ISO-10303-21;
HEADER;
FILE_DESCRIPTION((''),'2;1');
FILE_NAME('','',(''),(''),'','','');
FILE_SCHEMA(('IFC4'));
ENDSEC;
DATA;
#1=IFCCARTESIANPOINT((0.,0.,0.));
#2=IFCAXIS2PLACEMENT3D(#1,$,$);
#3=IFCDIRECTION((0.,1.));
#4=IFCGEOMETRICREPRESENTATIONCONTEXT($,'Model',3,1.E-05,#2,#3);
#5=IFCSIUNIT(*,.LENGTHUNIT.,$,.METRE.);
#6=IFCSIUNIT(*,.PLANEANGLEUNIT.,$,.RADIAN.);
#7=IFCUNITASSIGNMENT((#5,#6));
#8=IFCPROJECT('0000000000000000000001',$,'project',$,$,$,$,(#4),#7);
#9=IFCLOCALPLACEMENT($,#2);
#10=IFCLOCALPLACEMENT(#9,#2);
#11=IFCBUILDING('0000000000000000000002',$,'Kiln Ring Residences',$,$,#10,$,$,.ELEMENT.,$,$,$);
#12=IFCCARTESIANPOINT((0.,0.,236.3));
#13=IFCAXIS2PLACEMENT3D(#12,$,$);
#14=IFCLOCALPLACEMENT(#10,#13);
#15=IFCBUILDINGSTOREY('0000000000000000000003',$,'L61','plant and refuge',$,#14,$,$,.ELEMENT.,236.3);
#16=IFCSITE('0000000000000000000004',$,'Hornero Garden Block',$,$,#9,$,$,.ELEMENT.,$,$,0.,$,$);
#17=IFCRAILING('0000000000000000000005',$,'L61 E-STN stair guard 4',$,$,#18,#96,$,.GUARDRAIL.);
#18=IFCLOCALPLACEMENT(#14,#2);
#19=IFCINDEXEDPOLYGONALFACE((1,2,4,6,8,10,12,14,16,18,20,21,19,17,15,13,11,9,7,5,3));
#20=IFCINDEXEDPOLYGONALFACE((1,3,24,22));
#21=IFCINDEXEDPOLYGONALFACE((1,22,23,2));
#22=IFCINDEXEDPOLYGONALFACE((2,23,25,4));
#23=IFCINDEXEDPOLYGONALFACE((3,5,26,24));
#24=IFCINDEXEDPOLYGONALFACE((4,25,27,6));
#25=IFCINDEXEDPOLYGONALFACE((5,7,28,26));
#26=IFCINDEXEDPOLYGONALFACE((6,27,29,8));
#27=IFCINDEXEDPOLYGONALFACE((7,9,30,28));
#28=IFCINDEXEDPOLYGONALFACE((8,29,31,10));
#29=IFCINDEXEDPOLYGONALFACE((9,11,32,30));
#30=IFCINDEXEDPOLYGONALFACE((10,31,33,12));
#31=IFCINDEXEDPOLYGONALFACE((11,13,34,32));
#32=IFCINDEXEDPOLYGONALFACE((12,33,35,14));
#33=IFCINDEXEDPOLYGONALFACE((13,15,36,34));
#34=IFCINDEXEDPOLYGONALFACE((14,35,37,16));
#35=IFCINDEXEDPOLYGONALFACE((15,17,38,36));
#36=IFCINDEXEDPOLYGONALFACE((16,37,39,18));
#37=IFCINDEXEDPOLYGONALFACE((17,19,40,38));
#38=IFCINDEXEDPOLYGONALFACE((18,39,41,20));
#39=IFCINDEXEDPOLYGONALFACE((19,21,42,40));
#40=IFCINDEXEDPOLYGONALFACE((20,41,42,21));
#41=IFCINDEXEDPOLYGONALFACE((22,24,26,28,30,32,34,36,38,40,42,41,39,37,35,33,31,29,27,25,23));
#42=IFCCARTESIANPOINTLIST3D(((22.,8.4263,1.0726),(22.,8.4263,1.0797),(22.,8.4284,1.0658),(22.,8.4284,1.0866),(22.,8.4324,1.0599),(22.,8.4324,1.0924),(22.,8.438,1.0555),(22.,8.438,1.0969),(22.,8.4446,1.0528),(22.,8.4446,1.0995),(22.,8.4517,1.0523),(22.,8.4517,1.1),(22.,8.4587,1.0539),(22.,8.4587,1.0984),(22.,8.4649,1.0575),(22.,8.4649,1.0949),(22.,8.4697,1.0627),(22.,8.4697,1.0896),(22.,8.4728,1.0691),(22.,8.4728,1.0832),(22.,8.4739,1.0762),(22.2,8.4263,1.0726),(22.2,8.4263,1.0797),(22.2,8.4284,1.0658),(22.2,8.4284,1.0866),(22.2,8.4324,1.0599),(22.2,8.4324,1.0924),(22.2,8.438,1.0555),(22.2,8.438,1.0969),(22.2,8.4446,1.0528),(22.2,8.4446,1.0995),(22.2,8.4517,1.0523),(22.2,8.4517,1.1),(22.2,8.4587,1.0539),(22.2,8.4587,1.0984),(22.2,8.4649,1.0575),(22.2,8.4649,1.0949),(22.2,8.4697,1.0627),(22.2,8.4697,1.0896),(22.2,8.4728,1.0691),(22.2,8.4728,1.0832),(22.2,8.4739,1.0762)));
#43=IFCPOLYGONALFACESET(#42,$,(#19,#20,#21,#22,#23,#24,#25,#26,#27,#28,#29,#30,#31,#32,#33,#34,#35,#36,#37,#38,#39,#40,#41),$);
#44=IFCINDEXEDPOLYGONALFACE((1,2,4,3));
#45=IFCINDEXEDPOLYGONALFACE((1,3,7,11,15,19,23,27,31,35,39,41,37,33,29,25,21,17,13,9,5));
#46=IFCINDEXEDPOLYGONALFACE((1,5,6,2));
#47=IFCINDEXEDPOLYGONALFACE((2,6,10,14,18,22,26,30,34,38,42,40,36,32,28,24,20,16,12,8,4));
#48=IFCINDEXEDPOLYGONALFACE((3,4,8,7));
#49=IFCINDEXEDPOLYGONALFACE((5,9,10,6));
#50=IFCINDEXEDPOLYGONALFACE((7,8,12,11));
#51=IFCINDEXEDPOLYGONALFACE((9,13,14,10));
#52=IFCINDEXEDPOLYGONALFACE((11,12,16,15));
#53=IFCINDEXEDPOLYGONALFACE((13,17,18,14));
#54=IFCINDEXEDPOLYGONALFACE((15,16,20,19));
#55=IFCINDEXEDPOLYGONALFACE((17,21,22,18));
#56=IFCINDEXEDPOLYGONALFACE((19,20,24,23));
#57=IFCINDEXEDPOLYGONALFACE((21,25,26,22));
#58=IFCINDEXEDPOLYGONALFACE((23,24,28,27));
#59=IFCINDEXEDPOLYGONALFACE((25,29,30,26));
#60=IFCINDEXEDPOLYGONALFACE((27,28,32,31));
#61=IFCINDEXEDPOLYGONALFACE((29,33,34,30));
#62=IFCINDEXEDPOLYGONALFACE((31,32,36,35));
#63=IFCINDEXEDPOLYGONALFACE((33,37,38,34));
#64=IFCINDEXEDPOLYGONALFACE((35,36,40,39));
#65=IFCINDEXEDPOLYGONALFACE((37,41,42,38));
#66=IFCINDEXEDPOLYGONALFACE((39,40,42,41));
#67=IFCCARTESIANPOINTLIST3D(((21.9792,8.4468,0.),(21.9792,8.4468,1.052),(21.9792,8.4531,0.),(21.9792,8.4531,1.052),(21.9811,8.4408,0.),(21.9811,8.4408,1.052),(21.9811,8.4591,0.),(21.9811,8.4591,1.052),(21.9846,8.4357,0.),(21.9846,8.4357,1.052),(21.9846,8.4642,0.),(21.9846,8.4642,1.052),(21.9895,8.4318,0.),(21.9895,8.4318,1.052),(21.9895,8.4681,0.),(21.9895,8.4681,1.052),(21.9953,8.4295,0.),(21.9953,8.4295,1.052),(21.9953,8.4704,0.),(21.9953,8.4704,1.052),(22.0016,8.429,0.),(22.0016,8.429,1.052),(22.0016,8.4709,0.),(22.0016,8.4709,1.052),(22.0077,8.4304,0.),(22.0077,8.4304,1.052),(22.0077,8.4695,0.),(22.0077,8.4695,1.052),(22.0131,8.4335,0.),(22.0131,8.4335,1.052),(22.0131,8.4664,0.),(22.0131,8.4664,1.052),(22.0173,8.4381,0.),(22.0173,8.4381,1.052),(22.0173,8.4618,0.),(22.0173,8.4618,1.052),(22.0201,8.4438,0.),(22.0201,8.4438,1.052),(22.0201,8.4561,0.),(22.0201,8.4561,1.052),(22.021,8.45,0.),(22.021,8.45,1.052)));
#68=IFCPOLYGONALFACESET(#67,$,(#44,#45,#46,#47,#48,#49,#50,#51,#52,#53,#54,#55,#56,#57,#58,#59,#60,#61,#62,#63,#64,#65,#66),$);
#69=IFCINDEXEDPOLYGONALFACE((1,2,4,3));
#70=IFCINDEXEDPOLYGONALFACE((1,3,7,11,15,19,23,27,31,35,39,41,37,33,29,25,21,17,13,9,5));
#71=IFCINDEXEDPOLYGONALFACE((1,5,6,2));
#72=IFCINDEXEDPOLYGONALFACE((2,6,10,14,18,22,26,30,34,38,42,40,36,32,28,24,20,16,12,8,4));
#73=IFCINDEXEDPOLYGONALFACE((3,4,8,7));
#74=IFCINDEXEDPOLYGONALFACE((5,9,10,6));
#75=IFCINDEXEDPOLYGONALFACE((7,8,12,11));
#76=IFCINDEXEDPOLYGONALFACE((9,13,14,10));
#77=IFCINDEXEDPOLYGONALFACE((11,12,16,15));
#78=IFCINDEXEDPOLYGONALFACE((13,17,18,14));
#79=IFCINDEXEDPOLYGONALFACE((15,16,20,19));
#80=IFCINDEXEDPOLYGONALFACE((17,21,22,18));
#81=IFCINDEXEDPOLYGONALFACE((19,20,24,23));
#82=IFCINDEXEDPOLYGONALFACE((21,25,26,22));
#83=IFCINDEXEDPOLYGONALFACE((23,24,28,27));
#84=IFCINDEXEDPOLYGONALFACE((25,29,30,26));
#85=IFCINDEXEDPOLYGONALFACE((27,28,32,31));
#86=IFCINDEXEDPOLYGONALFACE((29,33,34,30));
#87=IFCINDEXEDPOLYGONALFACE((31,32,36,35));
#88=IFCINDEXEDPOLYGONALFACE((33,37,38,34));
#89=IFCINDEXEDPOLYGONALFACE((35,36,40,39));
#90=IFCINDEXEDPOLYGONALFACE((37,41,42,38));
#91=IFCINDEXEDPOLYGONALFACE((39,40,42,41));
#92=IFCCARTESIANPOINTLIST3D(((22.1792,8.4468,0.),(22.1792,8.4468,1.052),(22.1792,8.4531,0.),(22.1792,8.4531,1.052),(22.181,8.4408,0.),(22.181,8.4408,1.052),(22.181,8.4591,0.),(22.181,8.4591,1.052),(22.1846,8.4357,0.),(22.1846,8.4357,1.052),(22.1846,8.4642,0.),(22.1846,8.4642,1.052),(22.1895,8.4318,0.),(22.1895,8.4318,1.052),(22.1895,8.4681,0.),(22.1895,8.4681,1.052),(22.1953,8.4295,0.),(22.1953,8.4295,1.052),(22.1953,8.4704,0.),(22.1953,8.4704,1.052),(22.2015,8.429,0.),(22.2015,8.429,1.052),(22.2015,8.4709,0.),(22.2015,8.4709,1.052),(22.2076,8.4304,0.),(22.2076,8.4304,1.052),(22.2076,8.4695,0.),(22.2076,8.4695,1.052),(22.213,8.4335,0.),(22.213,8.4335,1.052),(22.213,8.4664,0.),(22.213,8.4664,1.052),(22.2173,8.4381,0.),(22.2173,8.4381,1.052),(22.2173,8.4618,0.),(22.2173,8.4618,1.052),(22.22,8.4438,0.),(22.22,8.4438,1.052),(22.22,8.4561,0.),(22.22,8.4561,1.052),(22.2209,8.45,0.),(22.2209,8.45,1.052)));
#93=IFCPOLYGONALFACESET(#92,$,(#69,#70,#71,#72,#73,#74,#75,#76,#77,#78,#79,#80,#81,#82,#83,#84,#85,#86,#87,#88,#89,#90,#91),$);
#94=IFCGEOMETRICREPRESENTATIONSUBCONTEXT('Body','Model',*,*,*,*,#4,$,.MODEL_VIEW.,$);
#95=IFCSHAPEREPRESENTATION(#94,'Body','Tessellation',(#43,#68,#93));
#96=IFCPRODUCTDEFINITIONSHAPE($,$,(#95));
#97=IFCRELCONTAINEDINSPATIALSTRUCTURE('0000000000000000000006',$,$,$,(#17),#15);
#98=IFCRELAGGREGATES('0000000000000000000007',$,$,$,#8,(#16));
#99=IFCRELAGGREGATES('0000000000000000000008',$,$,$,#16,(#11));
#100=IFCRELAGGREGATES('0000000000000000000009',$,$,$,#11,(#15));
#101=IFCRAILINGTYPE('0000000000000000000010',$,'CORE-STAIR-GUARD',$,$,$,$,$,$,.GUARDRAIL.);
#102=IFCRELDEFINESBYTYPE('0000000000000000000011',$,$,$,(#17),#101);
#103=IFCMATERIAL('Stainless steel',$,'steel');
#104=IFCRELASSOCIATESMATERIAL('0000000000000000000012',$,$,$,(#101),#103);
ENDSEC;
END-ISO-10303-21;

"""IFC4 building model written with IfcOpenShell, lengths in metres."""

from ifc_helpers import new_model, si_unit, direction, frame, origin, origin_2d, place, context, subcontext, project, spatial, circle, extrude, material, type_object, element, save


model = new_model("IFC4")

# Units and contexts
model_context = context("Model", 3, precision=1e-05, world=origin(), true_north=direction((0.0, 1.0)))
body_context = subcontext(model_context, "Body", "Model", "MODEL_VIEW")
ifc_project = project(units=[si_unit("LENGTHUNIT", "METRE"), si_unit("PLANEANGLEUNIT", "RADIAN")], contexts=[model_context])

# Site, building, storey
site_placement = place(None, origin())
site = spatial("IfcSite", under=ifc_project, at=site_placement, Name="Hornero Garden Block", CompositionType="ELEMENT", RefElevation=0.0)
building_placement = place(site_placement, origin())
building = spatial("IfcBuilding", under=site, at=building_placement, Name="Kiln Ring Residences", CompositionType="ELEMENT")
storey_placement = place(building_placement, frame((0.0, 0.0, 236.3)))
storey = spatial("IfcBuildingStorey", under=building, at=storey_placement, Name="L61", Description="plant and refuge", CompositionType="ELEMENT", Elevation=236.3)

# Railing
ifc_material_1 = material(Name="Stainless steel", Category="steel")
railing_type_1 = type_object("IfcRailingType", Name="CORE-STAIR-GUARD", PredefinedType="GUARDRAIL", material=ifc_material_1)
railing_1_placement = place(storey_placement, frame((22.0, 8.45, 0.0)))
element("IfcRailing", 1, at=railing_1_placement, inside=storey, type_object=railing_type_1, Name="L61 E-STN stair guard 4", PredefinedType="GUARDRAIL", context=body_context, shape_type="SweptSolid", body=[
    extrude(circle(Radius=0.0239, at=origin_2d()), frame((0.0, 0.0, 1.0762), z_axis=(1.0, 0.0, 0.0), x_axis=(0.0, 1.0, 0.0)), (0.0, 0.0, 1.0), 0.2),
    extrude(circle(Radius=0.021, at=origin_2d()), origin(), (0.0, 0.0, 1.0), 1.052),
    extrude(circle(Radius=0.021, at=origin_2d()), frame((0.2, 0.0, 0.0)), (0.0, 0.0, 1.0), 1.052),
])

save(model, "model.ifc")
